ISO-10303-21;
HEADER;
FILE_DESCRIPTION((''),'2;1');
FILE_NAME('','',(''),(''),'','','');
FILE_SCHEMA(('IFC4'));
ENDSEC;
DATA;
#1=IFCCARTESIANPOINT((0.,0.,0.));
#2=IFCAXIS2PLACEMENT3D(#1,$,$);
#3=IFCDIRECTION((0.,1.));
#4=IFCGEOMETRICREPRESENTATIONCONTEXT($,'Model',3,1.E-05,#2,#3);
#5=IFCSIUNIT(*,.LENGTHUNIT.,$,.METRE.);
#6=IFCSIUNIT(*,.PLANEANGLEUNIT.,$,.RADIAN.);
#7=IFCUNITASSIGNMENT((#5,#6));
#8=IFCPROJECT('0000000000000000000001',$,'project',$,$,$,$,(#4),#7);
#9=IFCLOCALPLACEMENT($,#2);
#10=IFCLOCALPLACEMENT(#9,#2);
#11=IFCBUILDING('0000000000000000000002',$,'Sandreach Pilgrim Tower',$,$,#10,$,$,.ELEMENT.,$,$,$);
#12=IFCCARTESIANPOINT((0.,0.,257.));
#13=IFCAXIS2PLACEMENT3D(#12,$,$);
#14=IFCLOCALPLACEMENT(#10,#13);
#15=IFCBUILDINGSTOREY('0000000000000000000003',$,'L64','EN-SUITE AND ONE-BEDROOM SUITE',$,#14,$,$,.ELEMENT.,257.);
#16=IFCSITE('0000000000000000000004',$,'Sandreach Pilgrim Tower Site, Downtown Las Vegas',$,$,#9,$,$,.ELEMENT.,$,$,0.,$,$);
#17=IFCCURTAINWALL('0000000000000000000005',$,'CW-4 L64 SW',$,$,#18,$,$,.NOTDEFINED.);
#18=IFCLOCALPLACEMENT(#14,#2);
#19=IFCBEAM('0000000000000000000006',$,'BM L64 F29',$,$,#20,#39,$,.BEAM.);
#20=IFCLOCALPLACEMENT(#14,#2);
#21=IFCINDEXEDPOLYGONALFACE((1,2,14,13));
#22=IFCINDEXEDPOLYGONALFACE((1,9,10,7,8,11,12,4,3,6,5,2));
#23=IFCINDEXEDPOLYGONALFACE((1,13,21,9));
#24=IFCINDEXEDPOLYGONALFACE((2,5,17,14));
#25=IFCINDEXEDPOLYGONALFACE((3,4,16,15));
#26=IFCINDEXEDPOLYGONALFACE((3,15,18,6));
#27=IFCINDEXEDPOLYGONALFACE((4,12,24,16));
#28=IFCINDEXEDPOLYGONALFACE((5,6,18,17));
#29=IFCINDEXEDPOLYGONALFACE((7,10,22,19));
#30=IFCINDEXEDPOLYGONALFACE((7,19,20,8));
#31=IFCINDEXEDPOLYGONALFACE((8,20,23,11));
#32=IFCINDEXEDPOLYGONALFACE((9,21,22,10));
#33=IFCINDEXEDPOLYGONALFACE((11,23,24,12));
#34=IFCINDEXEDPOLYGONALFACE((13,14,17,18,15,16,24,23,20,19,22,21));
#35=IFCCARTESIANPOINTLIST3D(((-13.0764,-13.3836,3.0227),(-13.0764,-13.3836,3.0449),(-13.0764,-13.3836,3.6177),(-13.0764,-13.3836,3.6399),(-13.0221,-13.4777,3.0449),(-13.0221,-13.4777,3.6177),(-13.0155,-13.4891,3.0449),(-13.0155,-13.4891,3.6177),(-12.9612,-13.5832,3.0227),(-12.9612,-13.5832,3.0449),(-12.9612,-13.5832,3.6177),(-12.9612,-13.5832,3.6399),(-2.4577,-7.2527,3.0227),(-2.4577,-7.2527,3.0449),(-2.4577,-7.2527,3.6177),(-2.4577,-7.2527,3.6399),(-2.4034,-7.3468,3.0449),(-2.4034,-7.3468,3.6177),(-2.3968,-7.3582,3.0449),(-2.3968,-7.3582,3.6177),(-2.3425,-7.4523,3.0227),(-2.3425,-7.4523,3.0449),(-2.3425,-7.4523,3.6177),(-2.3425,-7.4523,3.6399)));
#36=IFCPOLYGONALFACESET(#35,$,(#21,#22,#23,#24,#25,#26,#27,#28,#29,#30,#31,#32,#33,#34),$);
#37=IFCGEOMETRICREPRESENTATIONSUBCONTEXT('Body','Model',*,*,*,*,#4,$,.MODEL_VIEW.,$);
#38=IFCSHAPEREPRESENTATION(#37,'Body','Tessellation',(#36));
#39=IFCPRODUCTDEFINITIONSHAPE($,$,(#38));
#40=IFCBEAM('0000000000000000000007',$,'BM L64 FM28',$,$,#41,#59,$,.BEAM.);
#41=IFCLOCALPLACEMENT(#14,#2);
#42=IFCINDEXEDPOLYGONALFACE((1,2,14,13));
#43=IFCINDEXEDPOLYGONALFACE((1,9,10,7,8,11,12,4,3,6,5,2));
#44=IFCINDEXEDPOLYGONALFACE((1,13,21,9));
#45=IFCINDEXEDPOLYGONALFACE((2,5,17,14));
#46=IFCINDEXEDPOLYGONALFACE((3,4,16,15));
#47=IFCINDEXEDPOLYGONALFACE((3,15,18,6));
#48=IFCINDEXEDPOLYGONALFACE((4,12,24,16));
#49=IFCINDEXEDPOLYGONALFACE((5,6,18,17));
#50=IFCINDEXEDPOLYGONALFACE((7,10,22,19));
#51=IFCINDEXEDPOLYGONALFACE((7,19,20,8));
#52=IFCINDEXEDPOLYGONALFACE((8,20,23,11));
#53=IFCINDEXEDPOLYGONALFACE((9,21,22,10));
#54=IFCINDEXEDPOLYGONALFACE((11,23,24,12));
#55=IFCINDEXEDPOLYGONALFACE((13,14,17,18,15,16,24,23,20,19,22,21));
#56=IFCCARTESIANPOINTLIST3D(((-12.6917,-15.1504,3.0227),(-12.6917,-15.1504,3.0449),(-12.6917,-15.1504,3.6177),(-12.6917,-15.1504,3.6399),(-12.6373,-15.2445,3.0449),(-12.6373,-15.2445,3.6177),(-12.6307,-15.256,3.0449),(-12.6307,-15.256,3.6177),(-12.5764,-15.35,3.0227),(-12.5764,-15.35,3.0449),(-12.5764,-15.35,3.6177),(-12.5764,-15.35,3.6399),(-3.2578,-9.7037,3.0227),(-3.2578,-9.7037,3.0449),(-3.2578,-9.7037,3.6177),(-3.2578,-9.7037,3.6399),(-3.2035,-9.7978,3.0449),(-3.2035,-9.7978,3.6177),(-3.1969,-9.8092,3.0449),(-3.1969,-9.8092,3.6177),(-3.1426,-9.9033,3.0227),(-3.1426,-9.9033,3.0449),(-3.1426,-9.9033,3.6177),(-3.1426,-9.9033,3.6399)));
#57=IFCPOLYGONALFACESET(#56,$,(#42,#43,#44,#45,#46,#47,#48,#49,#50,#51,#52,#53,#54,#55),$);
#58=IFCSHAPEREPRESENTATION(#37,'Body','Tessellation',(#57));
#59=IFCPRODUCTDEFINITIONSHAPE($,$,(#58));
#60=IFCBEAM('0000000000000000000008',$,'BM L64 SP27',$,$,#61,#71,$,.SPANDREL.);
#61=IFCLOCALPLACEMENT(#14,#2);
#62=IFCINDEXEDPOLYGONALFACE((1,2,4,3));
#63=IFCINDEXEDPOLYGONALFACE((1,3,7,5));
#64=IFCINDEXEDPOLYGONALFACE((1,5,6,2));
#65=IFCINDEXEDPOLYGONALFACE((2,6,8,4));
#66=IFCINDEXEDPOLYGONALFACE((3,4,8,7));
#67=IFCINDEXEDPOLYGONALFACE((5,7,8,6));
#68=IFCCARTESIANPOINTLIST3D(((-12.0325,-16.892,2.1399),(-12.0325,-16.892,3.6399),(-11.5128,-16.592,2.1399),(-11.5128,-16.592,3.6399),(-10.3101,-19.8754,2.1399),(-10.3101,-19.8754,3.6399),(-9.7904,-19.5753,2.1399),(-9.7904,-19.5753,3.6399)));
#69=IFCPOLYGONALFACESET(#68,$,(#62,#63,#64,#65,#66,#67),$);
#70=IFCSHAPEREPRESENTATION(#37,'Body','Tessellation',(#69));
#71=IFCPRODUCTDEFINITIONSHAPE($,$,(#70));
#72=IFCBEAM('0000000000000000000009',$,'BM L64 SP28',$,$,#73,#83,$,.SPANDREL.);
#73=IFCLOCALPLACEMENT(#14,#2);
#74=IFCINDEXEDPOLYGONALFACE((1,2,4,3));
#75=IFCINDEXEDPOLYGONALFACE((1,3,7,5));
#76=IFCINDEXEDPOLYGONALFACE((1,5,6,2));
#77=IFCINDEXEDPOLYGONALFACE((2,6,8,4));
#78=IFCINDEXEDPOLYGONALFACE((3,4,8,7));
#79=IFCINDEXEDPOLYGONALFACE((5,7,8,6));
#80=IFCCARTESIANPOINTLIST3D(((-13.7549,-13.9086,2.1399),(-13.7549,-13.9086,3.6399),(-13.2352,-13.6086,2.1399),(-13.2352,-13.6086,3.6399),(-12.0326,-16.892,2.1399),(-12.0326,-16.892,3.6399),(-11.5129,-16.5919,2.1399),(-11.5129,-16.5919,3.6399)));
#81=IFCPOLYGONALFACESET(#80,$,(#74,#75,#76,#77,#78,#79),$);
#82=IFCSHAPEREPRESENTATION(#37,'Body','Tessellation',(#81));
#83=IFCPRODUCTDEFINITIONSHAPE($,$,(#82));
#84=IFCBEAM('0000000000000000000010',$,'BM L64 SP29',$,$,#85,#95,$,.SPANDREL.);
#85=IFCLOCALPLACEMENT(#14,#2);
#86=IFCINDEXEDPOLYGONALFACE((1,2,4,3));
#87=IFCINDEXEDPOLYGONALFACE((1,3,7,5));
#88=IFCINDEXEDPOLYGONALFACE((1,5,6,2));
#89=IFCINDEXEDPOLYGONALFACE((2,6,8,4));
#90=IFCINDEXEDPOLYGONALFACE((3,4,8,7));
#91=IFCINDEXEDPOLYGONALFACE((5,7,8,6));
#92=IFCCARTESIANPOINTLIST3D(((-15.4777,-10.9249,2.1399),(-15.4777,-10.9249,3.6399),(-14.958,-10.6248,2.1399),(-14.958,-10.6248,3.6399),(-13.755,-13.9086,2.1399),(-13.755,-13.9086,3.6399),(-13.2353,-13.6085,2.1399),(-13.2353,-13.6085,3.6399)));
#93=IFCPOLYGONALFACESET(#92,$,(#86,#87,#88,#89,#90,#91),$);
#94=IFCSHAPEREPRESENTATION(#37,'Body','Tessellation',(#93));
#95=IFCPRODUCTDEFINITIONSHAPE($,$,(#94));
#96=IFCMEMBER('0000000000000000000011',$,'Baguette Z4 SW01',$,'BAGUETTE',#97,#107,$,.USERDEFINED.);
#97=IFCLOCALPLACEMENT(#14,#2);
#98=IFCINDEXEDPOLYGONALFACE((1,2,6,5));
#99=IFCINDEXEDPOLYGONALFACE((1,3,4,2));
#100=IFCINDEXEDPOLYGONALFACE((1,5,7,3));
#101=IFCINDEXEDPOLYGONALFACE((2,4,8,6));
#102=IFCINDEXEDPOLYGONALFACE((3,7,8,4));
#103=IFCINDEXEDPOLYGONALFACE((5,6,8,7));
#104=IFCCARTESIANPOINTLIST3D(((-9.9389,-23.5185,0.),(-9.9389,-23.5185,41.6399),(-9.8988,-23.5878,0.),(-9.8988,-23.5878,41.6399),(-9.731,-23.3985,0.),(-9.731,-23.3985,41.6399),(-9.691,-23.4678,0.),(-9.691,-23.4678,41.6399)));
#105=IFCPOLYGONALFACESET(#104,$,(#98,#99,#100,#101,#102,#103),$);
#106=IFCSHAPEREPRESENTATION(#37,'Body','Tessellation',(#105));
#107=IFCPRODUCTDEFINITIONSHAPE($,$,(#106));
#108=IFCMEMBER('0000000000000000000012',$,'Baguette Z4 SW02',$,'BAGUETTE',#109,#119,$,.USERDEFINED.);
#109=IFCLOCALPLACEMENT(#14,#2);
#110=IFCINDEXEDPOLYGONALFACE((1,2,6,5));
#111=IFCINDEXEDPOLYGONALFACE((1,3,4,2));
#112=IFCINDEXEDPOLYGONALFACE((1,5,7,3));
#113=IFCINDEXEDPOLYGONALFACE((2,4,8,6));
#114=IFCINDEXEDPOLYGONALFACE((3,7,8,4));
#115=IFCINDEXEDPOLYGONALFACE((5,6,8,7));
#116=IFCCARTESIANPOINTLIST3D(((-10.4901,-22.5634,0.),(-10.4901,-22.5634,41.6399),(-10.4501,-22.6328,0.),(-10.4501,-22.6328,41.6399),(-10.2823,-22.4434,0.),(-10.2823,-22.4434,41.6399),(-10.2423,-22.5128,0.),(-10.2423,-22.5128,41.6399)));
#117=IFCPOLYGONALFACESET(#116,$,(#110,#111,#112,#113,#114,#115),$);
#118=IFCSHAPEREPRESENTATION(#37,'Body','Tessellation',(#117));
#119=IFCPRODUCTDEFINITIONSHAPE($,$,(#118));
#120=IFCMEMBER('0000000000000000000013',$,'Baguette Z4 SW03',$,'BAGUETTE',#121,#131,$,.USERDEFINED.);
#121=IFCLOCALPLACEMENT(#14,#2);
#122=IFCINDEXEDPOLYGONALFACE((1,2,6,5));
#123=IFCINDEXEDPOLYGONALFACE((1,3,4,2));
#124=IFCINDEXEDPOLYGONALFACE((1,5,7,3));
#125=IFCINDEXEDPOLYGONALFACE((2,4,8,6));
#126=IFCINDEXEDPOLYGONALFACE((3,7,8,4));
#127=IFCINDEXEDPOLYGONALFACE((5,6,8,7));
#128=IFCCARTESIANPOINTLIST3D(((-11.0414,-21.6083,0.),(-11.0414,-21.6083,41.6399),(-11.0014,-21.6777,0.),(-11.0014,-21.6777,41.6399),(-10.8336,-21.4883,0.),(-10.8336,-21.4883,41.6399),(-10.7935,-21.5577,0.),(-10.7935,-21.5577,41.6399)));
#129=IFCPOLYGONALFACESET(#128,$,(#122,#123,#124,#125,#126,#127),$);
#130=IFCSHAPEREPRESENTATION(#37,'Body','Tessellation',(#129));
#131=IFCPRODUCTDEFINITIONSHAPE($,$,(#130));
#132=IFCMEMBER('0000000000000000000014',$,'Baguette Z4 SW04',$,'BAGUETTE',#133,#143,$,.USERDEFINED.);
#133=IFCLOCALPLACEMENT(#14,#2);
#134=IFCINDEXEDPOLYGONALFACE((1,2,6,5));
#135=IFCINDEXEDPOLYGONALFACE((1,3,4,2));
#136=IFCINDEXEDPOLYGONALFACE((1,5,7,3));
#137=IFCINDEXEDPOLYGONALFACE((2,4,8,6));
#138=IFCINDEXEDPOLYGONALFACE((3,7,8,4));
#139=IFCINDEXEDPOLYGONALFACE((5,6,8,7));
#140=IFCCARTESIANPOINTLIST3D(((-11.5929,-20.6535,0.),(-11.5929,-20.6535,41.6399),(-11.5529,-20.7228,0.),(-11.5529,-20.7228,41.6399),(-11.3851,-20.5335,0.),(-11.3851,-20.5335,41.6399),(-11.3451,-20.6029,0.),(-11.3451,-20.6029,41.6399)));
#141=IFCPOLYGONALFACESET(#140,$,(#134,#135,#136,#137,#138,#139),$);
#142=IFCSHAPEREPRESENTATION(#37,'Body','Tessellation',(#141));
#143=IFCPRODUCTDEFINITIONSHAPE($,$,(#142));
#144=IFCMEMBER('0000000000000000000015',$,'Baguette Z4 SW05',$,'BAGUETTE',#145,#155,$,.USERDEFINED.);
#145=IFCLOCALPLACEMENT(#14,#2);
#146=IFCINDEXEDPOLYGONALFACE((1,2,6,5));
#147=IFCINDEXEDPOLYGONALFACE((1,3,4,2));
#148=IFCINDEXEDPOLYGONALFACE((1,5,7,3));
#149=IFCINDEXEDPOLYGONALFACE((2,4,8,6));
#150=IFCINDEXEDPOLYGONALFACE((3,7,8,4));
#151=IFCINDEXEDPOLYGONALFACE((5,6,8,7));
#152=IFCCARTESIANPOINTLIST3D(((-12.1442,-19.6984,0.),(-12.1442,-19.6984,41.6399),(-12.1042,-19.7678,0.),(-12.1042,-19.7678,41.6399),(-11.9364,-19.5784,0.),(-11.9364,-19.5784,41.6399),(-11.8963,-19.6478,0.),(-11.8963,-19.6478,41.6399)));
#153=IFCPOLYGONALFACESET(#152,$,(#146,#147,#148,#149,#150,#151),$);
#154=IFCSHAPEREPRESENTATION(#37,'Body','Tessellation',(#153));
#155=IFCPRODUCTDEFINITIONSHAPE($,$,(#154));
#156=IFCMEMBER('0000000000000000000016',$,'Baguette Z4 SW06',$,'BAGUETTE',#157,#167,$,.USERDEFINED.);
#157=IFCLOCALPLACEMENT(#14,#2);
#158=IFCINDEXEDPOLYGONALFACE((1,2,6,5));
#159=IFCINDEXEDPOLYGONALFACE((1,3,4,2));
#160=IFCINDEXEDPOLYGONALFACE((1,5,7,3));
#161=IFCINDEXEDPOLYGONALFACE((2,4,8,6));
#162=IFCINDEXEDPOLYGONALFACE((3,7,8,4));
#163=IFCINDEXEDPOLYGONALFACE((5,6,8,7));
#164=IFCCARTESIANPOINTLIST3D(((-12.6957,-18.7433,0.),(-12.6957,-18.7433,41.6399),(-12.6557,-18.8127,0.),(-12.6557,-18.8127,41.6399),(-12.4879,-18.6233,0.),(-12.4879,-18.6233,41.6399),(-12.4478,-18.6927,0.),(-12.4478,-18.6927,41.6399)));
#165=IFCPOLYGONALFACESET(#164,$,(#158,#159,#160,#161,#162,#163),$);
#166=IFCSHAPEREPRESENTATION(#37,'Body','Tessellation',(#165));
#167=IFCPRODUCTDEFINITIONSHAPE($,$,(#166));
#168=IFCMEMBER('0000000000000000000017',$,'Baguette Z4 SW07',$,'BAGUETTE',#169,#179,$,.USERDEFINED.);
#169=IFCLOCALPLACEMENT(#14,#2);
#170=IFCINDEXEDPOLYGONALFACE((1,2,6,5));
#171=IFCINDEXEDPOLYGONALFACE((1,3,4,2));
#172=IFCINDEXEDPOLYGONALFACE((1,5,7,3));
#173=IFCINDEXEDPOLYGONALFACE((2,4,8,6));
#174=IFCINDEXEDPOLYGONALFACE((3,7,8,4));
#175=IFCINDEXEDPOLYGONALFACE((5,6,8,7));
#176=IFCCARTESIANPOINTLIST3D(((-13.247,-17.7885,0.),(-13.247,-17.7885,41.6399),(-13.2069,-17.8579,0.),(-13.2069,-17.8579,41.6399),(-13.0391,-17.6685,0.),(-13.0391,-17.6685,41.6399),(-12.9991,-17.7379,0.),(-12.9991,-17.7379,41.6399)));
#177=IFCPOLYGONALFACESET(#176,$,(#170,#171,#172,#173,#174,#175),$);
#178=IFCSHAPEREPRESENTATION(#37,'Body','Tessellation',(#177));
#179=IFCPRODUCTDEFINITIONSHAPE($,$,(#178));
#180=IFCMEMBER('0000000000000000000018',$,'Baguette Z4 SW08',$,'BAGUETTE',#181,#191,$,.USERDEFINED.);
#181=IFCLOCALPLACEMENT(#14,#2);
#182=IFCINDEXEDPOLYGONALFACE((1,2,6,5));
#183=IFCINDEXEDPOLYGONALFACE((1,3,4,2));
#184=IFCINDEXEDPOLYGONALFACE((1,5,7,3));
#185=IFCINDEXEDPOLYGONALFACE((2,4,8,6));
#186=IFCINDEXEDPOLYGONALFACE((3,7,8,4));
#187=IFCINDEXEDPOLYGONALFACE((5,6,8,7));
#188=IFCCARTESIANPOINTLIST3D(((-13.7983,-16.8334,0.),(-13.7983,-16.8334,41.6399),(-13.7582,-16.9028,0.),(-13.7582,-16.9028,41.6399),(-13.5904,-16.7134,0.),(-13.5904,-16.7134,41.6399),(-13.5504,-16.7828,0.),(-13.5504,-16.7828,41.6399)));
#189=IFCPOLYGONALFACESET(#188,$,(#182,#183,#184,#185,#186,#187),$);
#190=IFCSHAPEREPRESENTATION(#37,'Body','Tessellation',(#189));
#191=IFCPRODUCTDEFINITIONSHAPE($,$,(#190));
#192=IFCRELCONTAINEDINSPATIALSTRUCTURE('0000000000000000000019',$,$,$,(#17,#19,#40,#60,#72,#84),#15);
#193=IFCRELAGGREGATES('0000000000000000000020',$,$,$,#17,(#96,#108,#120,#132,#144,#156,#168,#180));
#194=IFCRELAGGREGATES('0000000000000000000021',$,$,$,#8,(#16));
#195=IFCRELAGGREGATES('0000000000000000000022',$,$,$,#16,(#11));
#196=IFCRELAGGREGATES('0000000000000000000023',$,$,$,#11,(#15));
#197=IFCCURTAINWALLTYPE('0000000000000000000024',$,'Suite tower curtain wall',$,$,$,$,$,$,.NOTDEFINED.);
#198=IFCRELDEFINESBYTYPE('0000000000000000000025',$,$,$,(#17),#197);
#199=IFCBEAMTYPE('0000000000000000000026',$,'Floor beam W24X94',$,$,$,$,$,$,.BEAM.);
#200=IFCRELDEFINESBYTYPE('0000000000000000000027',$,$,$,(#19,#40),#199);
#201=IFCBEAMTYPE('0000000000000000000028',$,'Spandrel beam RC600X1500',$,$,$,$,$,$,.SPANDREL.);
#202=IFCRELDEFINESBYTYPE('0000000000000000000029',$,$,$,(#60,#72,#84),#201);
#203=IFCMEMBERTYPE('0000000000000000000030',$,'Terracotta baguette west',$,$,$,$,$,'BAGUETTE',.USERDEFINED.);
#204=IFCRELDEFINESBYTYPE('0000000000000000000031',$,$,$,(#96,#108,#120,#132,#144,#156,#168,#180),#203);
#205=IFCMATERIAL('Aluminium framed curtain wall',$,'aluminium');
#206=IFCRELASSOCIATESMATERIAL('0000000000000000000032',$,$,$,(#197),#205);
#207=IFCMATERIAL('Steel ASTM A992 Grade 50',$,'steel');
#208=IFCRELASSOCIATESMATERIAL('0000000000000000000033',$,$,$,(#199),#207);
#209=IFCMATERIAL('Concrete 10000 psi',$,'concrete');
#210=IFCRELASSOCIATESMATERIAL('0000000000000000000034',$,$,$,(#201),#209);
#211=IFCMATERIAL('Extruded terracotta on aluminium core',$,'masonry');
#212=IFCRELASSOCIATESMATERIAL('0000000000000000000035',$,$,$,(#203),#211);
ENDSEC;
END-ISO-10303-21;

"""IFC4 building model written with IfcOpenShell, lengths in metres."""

from ifc_helpers import new_model, si_unit, direction, frame, origin, origin_2d, place, context, subcontext, project, spatial, rectangle, i_section, extrude, material, material_profile, profile_set, type_object, element, aggregate, save


model = new_model("IFC4")

# Units and contexts
model_context = context("Model", 3, precision=1e-05, world=origin(), true_north=direction((0.0, 1.0)))
body_context = subcontext(model_context, "Body", "Model", "MODEL_VIEW")
ifc_project = project(units=[si_unit("LENGTHUNIT", "METRE"), si_unit("PLANEANGLEUNIT", "RADIAN")], contexts=[model_context])

# Site, building, storey
site_placement = place(None, origin())
site = spatial("IfcSite", under=ifc_project, at=site_placement, Name="Sandreach Pilgrim Tower Site, Downtown Las Vegas", CompositionType="ELEMENT", RefElevation=0.0)
building_placement = place(site_placement, origin())
building = spatial("IfcBuilding", under=site, at=building_placement, Name="Sandreach Pilgrim Tower", CompositionType="ELEMENT")
storey_placement = place(building_placement, frame((0.0, 0.0, 257.0)))
storey = spatial("IfcBuildingStorey", under=building, at=storey_placement, Name="L64", Description="EN-SUITE AND ONE-BEDROOM SUITE", CompositionType="ELEMENT", Elevation=257.0)

# Curtain wall
ifc_material_1 = material(Name="Aluminium framed curtain wall", Category="aluminium")
curtain_wall_type = type_object("IfcCurtainWallType", Name="Suite tower curtain wall", PredefinedType="NOTDEFINED", material=ifc_material_1)
curtain_wall_placement = place(storey_placement, origin())
curtain_wall = element("IfcCurtainWall", 1, at=curtain_wall_placement, inside=storey, type_object=curtain_wall_type, Name="CW-4 L64 SW", PredefinedType="NOTDEFINED")

# Beams
ifc_material_2 = material(Name="Steel ASTM A992 Grade 50", Category="steel")
ifc_material_profile_1 = material_profile(ifc_material_2, i_section(OverallWidth=0.2305, OverallDepth=0.6172, WebThickness=0.0132, FlangeThickness=0.0222, at=origin_2d()), Name="W24X94")
ifc_profile_set_1 = profile_set([ifc_material_profile_1], Name="Steel ASTM A992 Grade 50")
beam_type_1 = type_object("IfcBeamType", Name="Floor beam W24X94", PredefinedType="BEAM", material=ifc_profile_set_1)
beam_1_placement = place(storey_placement, frame((-13.0188, -13.4834, 3.3313), z_axis=(0.866019, 0.500011, 0.0), x_axis=(-0.500011, 0.866019, 0.0)))
element("IfcBeam", 2, at=beam_1_placement, inside=storey, type_object=beam_type_1, Name="BM L64 F29", PredefinedType="BEAM", context=body_context, shape_type="SweptSolid", body=[
    extrude(i_section(OverallWidth=0.2305, OverallDepth=0.6172, WebThickness=0.0132, FlangeThickness=0.0222, at=origin_2d()), origin(), (0.0, 0.0, 1.0), 12.2615),
])
beam_2_placement = place(storey_placement, frame((-12.634, -15.2502, 3.3313), z_axis=(0.86602, 0.50001, 0.0), x_axis=(-0.50001, 0.86602, 0.0)))
element("IfcBeam", 3, at=beam_2_placement, inside=storey, type_object=beam_type_1, Name="BM L64 FM28", PredefinedType="BEAM", context=body_context, shape_type="SweptSolid", body=[
    extrude(i_section(OverallWidth=0.2305, OverallDepth=0.6172, WebThickness=0.0132, FlangeThickness=0.0222, at=origin_2d()), origin(), (0.0, 0.0, 1.0), 10.8933),
])
ifc_material_3 = material(Name="Concrete 10000 psi", Category="concrete")
ifc_material_profile_2 = material_profile(ifc_material_3, rectangle(XDim=0.6001, YDim=1.5, at=origin_2d()), Name="RC600X1500")
ifc_profile_set_2 = profile_set([ifc_material_profile_2], Name="Concrete 10000 psi")
beam_type_2 = type_object("IfcBeamType", Name="Spandrel beam RC600X1500", PredefinedType="SPANDREL", material=ifc_profile_set_2)
for number, where, z_axis, x_axis, name in (
    (4, (-10.0503, -19.7253, 2.8899), (-0.499988, 0.866032, 0.0), (-0.866032, -0.499988, 0.0), "BM L64 SP27"),
    (5, (-11.7727, -16.7419, 2.8899), (-0.499988, 0.866032, 0.0), (-0.866032, -0.499988, 0.0), "BM L64 SP28"),
):
    element("IfcBeam", number, at=place(storey_placement, frame(where, z_axis=z_axis, x_axis=x_axis)), inside=storey, type_object=beam_type_2, Name=name, PredefinedType="SPANDREL", context=body_context, shape_type="SweptSolid", body=[
        extrude(rectangle(XDim=0.6001, YDim=1.5, at=origin_2d()), origin(), (0.0, 0.0, 1.0), 3.4448),
    ])
beam_3_placement = place(storey_placement, frame((-13.4951, -13.7585, 2.8899), z_axis=(-0.500011, 0.866019, 0.0), x_axis=(-0.866019, -0.500011, 0.0)))
element("IfcBeam", 6, at=beam_3_placement, inside=storey, type_object=beam_type_2, Name="BM L64 SP29", PredefinedType="SPANDREL", context=body_context, shape_type="SweptSolid", body=[
    extrude(rectangle(XDim=0.6001, YDim=1.5, at=origin_2d()), origin(), (0.0, 0.0, 1.0), 3.4453),
])

# Members
ifc_material_4 = material(Name="Extruded terracotta on aluminium core", Category="masonry")
ifc_material_profile_3 = material_profile(ifc_material_4, rectangle(XDim=0.0801, YDim=0.24, at=origin_2d()), Name="TBW 80X240")
ifc_profile_set_3 = profile_set([ifc_material_profile_3], Name="Extruded terracotta on aluminium core")
member_type_1 = type_object("IfcMemberType", Name="Terracotta baguette west", ElementType="BAGUETTE", PredefinedType="USERDEFINED", material=ifc_profile_set_3)
member_1_placement = place(storey_placement, frame((-9.8149, -23.4932, 0.0), z_axis=(0.0, 0.0, 1.0), x_axis=(-0.5, 0.866025, 0.0)))
member_1 = element("IfcMember", 7, at=member_1_placement, type_object=member_type_1, Name="Baguette Z4 SW01", ObjectType="BAGUETTE", PredefinedType="USERDEFINED", context=body_context, shape_type="SweptSolid", body=[
    extrude(rectangle(XDim=0.0801, YDim=0.24, at=origin_2d()), origin(), (0.0, 0.0, 1.0), 41.6399),
])
member_2_placement = place(storey_placement, frame((-10.3662, -22.5381, 0.0), z_axis=(0.0, 0.0, 1.0), x_axis=(-0.5, 0.866025, 0.0)))
member_2 = element("IfcMember", 8, at=member_2_placement, type_object=member_type_1, Name="Baguette Z4 SW02", ObjectType="BAGUETTE", PredefinedType="USERDEFINED", context=body_context, shape_type="SweptSolid", body=[
    extrude(rectangle(XDim=0.0801, YDim=0.24, at=origin_2d()), origin(), (0.0, 0.0, 1.0), 41.6399),
])
member_3_placement = place(storey_placement, frame((-10.9175, -21.583, 0.0), z_axis=(0.0, 0.0, 1.0), x_axis=(-0.5, 0.866025, 0.0)))
member_3 = element("IfcMember", 9, at=member_3_placement, type_object=member_type_1, Name="Baguette Z4 SW03", ObjectType="BAGUETTE", PredefinedType="USERDEFINED", context=body_context, shape_type="SweptSolid", body=[
    extrude(rectangle(XDim=0.0801, YDim=0.24, at=origin_2d()), origin(), (0.0, 0.0, 1.0), 41.6399),
])
member_4_placement = place(storey_placement, frame((-11.469, -20.6282, 0.0), z_axis=(0.0, 0.0, 1.0), x_axis=(-0.5, 0.866025, 0.0)))
member_4 = element("IfcMember", 10, at=member_4_placement, type_object=member_type_1, Name="Baguette Z4 SW04", ObjectType="BAGUETTE", PredefinedType="USERDEFINED", context=body_context, shape_type="SweptSolid", body=[
    extrude(rectangle(XDim=0.0801, YDim=0.24, at=origin_2d()), origin(), (0.0, 0.0, 1.0), 41.6399),
])
member_5_placement = place(storey_placement, frame((-12.0203, -19.6731, 0.0), z_axis=(0.0, 0.0, 1.0), x_axis=(-0.5, 0.866025, 0.0)))
member_5 = element("IfcMember", 11, at=member_5_placement, type_object=member_type_1, Name="Baguette Z4 SW05", ObjectType="BAGUETTE", PredefinedType="USERDEFINED", context=body_context, shape_type="SweptSolid", body=[
    extrude(rectangle(XDim=0.0801, YDim=0.24, at=origin_2d()), origin(), (0.0, 0.0, 1.0), 41.6399),
])
member_6_placement = place(storey_placement, frame((-12.5718, -18.718, 0.0), z_axis=(0.0, 0.0, 1.0), x_axis=(-0.5, 0.866025, 0.0)))
member_6 = element("IfcMember", 12, at=member_6_placement, type_object=member_type_1, Name="Baguette Z4 SW06", ObjectType="BAGUETTE", PredefinedType="USERDEFINED", context=body_context, shape_type="SweptSolid", body=[
    extrude(rectangle(XDim=0.0801, YDim=0.24, at=origin_2d()), origin(), (0.0, 0.0, 1.0), 41.6399),
])
member_7_placement = place(storey_placement, frame((-13.123, -17.7632, 0.0), z_axis=(0.0, 0.0, 1.0), x_axis=(-0.5, 0.866025, 0.0)))
member_7 = element("IfcMember", 13, at=member_7_placement, type_object=member_type_1, Name="Baguette Z4 SW07", ObjectType="BAGUETTE", PredefinedType="USERDEFINED", context=body_context, shape_type="SweptSolid", body=[
    extrude(rectangle(XDim=0.0801, YDim=0.24, at=origin_2d()), origin(), (0.0, 0.0, 1.0), 41.6399),
])
member_8_placement = place(storey_placement, frame((-13.6743, -16.8081, 0.0), z_axis=(0.0, 0.0, 1.0), x_axis=(-0.5, 0.866025, 0.0)))
member_8 = element("IfcMember", 14, at=member_8_placement, type_object=member_type_1, Name="Baguette Z4 SW08", ObjectType="BAGUETTE", PredefinedType="USERDEFINED", context=body_context, shape_type="SweptSolid", body=[
    extrude(rectangle(XDim=0.0801, YDim=0.24, at=origin_2d()), origin(), (0.0, 0.0, 1.0), 41.6399),
])

aggregate(curtain_wall, [member_1, member_2, member_3, member_4, member_5, member_6, member_7, member_8])

save(model, "model.ifc")
